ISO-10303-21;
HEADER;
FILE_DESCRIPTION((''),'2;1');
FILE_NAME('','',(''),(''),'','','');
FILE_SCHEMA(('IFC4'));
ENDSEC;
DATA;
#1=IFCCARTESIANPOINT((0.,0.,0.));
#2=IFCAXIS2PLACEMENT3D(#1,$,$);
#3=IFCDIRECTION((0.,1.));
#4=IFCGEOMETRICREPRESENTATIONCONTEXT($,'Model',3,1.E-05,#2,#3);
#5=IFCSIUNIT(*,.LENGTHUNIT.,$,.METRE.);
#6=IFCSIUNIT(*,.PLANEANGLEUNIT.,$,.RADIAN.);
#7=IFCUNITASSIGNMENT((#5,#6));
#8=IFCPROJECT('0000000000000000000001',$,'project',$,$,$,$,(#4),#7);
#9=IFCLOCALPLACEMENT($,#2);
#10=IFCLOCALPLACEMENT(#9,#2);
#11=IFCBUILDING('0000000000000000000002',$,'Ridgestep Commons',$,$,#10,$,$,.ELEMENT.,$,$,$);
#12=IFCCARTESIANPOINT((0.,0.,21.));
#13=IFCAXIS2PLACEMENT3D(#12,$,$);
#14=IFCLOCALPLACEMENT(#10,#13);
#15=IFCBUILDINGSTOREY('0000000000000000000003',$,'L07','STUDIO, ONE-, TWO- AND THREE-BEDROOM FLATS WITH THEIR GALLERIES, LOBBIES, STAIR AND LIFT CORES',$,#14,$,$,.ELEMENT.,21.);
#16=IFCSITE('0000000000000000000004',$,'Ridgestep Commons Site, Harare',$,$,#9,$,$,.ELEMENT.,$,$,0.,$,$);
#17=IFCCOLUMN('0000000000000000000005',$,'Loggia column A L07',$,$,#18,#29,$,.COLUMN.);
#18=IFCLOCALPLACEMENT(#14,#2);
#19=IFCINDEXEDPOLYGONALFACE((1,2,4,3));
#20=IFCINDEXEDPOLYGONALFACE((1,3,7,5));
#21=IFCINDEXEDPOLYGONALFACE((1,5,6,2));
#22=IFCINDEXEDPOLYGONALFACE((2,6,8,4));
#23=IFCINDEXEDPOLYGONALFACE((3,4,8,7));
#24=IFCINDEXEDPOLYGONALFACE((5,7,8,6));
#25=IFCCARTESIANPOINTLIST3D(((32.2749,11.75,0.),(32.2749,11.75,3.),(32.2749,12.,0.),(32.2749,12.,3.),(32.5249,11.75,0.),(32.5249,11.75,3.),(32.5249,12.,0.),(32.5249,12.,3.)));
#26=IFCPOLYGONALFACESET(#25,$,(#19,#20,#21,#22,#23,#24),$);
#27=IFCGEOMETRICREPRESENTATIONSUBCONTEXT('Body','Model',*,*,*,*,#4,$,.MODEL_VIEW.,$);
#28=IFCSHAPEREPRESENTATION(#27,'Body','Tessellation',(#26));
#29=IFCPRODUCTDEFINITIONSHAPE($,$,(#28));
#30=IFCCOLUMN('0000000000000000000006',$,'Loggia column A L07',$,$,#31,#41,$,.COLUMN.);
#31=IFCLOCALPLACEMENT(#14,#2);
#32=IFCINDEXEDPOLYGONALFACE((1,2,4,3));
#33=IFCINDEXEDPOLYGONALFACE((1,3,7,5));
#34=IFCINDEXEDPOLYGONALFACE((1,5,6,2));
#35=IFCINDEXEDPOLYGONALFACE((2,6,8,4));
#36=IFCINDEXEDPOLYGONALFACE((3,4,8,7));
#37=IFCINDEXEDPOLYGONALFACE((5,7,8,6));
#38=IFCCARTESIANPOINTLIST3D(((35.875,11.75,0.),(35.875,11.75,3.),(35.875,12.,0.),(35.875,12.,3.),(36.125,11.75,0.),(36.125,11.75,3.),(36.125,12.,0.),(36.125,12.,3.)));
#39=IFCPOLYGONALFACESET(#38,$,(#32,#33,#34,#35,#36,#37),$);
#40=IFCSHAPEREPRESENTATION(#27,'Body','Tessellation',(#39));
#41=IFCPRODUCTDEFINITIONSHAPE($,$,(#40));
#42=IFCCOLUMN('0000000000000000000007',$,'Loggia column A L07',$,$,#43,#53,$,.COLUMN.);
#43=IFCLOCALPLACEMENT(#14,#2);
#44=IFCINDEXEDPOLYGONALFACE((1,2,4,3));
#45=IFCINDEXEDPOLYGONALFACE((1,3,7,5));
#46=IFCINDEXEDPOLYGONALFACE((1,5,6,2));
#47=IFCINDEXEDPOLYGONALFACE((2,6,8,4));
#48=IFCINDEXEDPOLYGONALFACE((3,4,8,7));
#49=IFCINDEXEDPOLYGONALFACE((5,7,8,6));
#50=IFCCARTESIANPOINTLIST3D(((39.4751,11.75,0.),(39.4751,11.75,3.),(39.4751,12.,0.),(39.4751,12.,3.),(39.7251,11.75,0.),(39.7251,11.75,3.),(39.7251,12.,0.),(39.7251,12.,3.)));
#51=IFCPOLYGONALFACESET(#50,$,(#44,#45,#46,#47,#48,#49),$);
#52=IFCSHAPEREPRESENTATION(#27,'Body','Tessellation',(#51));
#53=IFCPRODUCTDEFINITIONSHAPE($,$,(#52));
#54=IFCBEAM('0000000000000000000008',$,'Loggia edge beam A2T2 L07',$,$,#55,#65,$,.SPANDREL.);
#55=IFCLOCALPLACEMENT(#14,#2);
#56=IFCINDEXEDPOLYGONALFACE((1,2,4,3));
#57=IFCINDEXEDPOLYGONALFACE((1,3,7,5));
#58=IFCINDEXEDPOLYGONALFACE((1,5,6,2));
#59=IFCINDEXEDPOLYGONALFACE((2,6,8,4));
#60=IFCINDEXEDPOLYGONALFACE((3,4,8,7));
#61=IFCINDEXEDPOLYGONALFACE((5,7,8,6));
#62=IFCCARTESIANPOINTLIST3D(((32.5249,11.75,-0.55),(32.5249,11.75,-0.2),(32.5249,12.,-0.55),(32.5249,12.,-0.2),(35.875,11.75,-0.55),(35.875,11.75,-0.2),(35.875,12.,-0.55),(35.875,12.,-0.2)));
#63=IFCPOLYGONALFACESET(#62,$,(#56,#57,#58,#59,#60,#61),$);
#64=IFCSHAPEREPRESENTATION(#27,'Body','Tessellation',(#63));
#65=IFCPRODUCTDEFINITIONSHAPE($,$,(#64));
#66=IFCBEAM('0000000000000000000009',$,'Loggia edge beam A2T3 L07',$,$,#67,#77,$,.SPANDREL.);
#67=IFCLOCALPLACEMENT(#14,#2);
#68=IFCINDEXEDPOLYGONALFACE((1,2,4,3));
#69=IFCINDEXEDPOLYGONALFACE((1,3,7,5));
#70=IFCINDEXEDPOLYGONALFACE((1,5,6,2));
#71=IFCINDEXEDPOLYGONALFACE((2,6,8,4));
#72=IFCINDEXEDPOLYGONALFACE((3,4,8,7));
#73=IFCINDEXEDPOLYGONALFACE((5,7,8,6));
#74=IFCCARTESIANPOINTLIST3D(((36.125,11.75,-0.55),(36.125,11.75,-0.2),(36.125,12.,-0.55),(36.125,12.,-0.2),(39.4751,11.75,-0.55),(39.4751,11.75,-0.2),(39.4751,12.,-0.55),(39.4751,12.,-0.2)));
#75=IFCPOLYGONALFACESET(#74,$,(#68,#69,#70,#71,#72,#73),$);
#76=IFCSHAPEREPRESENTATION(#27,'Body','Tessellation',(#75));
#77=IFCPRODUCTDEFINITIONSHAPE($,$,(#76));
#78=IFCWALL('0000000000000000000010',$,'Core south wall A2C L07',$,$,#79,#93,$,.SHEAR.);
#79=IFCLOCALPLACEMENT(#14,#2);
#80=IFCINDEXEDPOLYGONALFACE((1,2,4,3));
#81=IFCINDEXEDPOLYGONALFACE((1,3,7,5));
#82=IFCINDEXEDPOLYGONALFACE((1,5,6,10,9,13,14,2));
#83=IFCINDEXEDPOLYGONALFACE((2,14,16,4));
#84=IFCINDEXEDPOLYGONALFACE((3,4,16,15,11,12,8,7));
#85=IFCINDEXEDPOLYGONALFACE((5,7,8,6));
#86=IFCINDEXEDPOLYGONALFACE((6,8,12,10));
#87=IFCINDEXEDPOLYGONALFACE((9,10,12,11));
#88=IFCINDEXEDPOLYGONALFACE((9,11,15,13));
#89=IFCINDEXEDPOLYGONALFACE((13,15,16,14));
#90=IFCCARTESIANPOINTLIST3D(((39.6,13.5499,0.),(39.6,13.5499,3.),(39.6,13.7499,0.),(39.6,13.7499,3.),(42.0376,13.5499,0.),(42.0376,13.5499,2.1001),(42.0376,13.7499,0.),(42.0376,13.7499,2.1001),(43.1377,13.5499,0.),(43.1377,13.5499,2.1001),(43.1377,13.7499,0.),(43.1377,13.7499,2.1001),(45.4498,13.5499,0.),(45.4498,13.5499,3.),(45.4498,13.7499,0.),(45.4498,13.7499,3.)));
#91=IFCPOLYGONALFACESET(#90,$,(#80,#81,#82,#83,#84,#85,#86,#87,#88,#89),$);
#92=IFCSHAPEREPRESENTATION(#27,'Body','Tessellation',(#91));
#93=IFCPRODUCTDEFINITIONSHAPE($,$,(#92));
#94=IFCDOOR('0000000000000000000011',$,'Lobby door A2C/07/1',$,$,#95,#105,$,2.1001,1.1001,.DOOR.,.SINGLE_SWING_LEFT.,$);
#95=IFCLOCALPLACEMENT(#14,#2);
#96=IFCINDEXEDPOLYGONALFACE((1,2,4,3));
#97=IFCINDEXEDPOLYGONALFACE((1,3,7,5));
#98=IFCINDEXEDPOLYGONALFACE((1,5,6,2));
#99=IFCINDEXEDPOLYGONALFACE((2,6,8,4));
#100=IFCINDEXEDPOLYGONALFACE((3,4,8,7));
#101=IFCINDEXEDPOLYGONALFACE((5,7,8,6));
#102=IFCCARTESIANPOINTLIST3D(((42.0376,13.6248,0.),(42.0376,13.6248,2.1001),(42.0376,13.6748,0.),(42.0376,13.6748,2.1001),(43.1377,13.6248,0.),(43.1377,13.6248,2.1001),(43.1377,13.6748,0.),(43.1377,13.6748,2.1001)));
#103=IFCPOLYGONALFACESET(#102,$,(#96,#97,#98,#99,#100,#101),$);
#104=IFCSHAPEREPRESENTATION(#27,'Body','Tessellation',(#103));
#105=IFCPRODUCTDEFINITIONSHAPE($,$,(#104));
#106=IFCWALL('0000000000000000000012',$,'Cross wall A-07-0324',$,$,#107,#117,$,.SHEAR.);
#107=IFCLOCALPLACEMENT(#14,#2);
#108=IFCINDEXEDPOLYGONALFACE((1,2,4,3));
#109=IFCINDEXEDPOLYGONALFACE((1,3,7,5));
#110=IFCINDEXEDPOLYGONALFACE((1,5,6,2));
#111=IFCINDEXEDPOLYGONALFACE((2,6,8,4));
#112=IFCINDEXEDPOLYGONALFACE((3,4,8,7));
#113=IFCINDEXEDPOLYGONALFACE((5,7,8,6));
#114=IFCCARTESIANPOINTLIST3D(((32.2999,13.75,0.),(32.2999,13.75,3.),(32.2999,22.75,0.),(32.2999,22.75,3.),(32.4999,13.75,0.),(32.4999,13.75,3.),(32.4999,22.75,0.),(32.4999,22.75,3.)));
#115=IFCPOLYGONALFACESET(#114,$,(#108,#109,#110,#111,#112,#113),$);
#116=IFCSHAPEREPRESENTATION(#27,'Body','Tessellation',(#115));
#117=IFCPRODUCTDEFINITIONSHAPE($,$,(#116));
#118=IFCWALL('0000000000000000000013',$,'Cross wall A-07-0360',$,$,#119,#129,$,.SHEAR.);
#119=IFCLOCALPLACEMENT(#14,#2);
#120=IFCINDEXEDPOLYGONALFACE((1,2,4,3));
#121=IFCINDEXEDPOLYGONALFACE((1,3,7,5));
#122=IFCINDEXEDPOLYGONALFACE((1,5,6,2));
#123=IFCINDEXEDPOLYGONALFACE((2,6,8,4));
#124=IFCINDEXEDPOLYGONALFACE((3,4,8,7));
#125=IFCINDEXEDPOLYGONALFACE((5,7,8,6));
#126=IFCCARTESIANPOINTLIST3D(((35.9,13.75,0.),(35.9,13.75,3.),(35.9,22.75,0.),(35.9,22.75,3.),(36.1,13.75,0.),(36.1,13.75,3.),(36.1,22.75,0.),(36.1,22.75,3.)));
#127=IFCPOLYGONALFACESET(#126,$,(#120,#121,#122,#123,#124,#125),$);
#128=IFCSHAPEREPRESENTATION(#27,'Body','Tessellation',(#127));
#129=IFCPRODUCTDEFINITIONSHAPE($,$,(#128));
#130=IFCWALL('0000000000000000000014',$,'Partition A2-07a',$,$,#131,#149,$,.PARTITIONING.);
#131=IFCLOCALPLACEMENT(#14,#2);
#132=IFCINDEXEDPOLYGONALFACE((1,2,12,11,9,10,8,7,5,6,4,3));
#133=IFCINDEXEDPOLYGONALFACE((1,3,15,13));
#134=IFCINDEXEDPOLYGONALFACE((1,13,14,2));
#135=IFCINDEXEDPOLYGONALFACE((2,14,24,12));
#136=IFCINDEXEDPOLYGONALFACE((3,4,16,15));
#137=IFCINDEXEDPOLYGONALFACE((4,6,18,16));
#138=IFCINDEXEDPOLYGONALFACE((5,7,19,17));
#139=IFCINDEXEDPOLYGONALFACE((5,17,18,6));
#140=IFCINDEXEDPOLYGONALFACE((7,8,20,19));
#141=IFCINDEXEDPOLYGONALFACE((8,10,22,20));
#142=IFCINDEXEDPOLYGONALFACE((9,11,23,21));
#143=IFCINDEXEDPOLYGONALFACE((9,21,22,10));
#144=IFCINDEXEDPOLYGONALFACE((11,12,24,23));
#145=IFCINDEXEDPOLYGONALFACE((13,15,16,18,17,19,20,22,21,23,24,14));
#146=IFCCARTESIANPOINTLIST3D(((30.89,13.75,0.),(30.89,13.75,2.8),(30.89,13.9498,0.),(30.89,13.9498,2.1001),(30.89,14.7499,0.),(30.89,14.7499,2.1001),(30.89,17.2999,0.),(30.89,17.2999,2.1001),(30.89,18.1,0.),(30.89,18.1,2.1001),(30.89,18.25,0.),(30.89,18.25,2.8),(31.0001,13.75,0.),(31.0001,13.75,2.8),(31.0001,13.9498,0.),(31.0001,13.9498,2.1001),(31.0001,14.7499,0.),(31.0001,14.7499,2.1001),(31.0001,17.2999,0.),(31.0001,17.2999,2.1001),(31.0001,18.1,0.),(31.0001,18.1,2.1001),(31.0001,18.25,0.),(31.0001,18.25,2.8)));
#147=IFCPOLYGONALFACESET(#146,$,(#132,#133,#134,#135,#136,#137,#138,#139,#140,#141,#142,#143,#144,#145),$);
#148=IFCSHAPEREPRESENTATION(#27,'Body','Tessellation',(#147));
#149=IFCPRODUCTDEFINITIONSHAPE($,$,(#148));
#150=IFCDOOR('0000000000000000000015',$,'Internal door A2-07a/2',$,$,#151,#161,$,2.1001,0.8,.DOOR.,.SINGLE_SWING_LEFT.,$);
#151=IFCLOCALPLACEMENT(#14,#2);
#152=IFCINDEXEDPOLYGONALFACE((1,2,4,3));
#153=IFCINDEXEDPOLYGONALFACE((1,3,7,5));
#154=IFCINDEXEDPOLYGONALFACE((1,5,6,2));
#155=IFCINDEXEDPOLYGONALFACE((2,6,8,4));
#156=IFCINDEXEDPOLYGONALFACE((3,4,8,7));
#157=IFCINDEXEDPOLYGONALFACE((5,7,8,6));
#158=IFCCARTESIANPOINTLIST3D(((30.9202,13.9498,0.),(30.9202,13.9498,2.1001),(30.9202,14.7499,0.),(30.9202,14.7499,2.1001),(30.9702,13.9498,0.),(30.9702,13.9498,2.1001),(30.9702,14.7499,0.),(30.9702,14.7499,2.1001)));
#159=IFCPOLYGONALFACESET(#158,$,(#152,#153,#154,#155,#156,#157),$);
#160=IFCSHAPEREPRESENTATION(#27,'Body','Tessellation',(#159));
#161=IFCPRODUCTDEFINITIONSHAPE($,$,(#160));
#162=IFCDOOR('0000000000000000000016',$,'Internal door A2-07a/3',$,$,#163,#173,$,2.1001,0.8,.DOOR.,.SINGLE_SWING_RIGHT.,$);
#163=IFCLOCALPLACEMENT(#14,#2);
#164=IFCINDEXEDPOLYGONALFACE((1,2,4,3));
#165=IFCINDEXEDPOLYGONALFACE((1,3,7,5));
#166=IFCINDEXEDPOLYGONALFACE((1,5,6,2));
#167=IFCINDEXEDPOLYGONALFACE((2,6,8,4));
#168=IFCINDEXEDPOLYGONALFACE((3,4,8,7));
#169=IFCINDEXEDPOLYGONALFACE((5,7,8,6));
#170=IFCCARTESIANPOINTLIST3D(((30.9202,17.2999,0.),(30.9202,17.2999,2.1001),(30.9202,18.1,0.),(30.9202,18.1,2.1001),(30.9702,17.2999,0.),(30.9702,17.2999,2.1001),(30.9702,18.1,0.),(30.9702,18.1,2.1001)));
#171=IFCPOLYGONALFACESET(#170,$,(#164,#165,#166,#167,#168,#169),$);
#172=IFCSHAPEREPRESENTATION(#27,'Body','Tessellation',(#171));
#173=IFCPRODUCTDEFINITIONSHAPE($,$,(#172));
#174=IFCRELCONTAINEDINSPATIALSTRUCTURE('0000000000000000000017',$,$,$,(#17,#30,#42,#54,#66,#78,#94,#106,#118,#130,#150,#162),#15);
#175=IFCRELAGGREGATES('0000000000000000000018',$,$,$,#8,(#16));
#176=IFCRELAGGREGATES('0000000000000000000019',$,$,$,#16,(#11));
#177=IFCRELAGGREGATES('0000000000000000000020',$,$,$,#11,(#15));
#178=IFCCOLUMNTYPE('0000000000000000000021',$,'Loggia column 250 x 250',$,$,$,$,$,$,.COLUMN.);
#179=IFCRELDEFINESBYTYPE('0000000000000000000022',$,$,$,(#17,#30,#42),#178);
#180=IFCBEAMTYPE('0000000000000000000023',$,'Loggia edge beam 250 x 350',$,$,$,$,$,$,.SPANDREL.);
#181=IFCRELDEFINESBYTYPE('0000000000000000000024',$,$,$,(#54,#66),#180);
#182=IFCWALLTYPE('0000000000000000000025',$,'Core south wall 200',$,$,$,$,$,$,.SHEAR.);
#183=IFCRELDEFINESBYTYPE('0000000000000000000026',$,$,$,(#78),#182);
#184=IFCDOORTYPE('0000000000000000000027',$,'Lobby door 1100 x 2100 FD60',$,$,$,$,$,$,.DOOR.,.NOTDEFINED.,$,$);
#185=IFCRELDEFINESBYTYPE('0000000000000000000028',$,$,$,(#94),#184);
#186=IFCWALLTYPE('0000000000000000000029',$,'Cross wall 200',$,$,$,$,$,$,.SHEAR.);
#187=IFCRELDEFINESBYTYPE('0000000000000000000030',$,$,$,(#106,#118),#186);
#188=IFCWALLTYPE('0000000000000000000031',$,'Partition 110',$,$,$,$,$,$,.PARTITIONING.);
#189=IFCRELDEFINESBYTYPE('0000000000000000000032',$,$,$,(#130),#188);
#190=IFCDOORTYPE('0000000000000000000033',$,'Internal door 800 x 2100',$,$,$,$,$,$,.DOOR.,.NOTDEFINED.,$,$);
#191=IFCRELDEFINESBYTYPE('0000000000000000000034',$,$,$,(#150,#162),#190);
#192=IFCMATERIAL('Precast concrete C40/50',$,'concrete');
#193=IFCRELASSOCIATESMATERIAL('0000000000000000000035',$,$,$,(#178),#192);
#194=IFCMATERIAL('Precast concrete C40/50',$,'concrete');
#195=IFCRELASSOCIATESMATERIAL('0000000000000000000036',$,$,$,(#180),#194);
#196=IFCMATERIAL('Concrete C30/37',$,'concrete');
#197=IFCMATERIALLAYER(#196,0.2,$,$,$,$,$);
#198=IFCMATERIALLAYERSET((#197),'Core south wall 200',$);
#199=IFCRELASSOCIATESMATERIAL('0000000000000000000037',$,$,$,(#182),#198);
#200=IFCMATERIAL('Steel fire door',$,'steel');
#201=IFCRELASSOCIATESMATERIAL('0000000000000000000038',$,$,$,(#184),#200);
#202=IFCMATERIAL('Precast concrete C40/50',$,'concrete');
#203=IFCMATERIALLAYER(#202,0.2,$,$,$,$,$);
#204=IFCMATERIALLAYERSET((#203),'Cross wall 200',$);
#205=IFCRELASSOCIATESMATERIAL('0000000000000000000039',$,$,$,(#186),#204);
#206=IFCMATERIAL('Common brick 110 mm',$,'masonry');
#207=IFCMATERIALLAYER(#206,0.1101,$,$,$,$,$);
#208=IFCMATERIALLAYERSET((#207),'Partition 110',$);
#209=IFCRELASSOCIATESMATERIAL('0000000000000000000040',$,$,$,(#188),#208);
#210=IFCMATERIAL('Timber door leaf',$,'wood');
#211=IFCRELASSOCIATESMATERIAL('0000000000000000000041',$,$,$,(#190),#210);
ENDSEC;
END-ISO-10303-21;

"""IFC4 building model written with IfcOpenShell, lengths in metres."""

from ifc_helpers import new_model, si_unit, direction, frame, frame_2d, origin, origin_2d, place, context, subcontext, project, spatial, rectangle, extrude, material, layer, layer_set, material_profile, profile_set, type_object, element, fill, save


model = new_model("IFC4")

# Units and contexts
model_context = context("Model", 3, precision=1e-05, world=origin(), true_north=direction((0.0, 1.0)))
body_context = subcontext(model_context, "Body", "Model", "MODEL_VIEW")
ifc_project = project(units=[si_unit("LENGTHUNIT", "METRE"), si_unit("PLANEANGLEUNIT", "RADIAN")], contexts=[model_context])

# Site, building, storey
site_placement = place(None, origin())
site = spatial("IfcSite", under=ifc_project, at=site_placement, Name="Ridgestep Commons Site, Harare", CompositionType="ELEMENT", RefElevation=0.0)
building_placement = place(site_placement, origin())
building = spatial("IfcBuilding", under=site, at=building_placement, Name="Ridgestep Commons", CompositionType="ELEMENT")
storey_placement = place(building_placement, frame((0.0, 0.0, 21.0)))
storey = spatial("IfcBuildingStorey", under=building, at=storey_placement, Name="L07", Description="STUDIO, ONE-, TWO- AND THREE-BEDROOM FLATS WITH THEIR GALLERIES, LOBBIES, STAIR AND LIFT CORES", CompositionType="ELEMENT", Elevation=21.0)

# Columns
ifc_material_1 = material(Name="Precast concrete C40/50", Category="concrete")
ifc_material_profile_1 = material_profile(ifc_material_1, rectangle(XDim=0.25, YDim=0.25, at=origin_2d()), Name="PC 250x250")
ifc_profile_set_1 = profile_set([ifc_material_profile_1], Name="Precast concrete C40/50")
column_type = type_object("IfcColumnType", Name="Loggia column 250 x 250", PredefinedType="COLUMN", material=ifc_profile_set_1)
for number, where, z_axis, x_axis, name in (
    (1, (32.3999, 11.875, 0.0), (0.0, 0.0, 1.0), (1.0, 0.0, 0.0), "Loggia column A L07"),
    (2, (36.0, 11.875, 0.0), (0.0, 0.0, 1.0), (1.0, 0.0, 0.0), "Loggia column A L07"),
    (3, (39.6001, 11.875, 0.0), (0.0, 0.0, 1.0), (1.0, 0.0, 0.0), "Loggia column A L07"),
):
    element("IfcColumn", number, at=place(storey_placement, frame(where, z_axis=z_axis, x_axis=x_axis)), inside=storey, type_object=column_type, Name=name, PredefinedType="COLUMN", context=body_context, shape_type="SweptSolid", body=[
        extrude(rectangle(XDim=0.25, YDim=0.25, at=origin_2d()), origin(), (0.0, 0.0, 1.0), 3.0),
    ])

# Beams
ifc_material_2 = material(Name="Precast concrete C40/50", Category="concrete")
ifc_material_profile_2 = material_profile(ifc_material_2, rectangle(XDim=0.25, YDim=0.3501, at=origin_2d()), Name="PC 250x350")
ifc_profile_set_2 = profile_set([ifc_material_profile_2], Name="Precast concrete C40/50")
beam_type = type_object("IfcBeamType", Name="Loggia edge beam 250 x 350", PredefinedType="SPANDREL", material=ifc_profile_set_2)
for number, where, z_axis, x_axis, name in (
    (4, (32.5249, 11.875, -0.375), (1.0, 0.0, 0.0), (0.0, 1.0, 0.0), "Loggia edge beam A2T2 L07"),
    (5, (36.125, 11.875, -0.375), (1.0, 0.0, 0.0), (0.0, 1.0, 0.0), "Loggia edge beam A2T3 L07"),
):
    element("IfcBeam", number, at=place(storey_placement, frame(where, z_axis=z_axis, x_axis=x_axis)), inside=storey, type_object=beam_type, Name=name, PredefinedType="SPANDREL", context=body_context, shape_type="SweptSolid", body=[
        extrude(rectangle(XDim=0.25, YDim=0.3501, at=origin_2d()), origin(), (0.0, 0.0, 1.0), 3.3501),
    ])

# Wall, opening, door
ifc_material_3 = material(Name="Concrete C30/37", Category="concrete")
ifc_layer_1 = layer(ifc_material_3, 0.2)
ifc_layer_set_1 = layer_set([ifc_layer_1], Name="Core south wall 200")
wall_type_1 = type_object("IfcWallType", Name="Core south wall 200", PredefinedType="SHEAR", material=ifc_layer_set_1)
wall_1_placement = place(storey_placement, frame((39.6001, 13.6499, 0.0), z_axis=(0.0, 0.0, 1.0), x_axis=(1.0, 0.0, 0.0)))
wall_1 = element("IfcWall", 6, at=wall_1_placement, inside=storey, type_object=wall_type_1, Name="Core south wall A2C L07", PredefinedType="SHEAR", context=body_context, shape_type="SweptSolid", body=[
    extrude(rectangle(XDim=5.8499, YDim=0.2, at=frame_2d((2.9248, 0.0))), origin(), (0.0, 0.0, 1.0), 3.0),
])
opening_1_placement = place(wall_1_placement, frame((2.4375, 0.0, 0.0)))
opening_1 = element("IfcOpeningElement", 7, at=opening_1_placement, cuts=wall_1, PredefinedType="OPENING", context=body_context, shape_type="SweptSolid", body=[
    extrude(rectangle(XDim=1.1001, YDim=2.1001, at=frame_2d((0.55, 1.05))), frame((0.0, 0.1099, 0.0), z_axis=(0.0, -1.0, 0.0), x_axis=(1.0, 0.0, 0.0)), (0.0, 0.0, 1.0), 0.22),
])
ifc_material_4 = material(Name="Steel fire door", Category="steel")
door_type_1 = type_object("IfcDoorType", Name="Lobby door 1100 x 2100 FD60", OperationType="NOTDEFINED", PredefinedType="DOOR", material=ifc_material_4)
door_1_placement = place(opening_1_placement, origin())
door_1 = element("IfcDoor", 8, at=door_1_placement, inside=storey, type_object=door_type_1, Name="Lobby door A2C/07/1", OperationType="SINGLE_SWING_LEFT", OverallHeight=2.1001, OverallWidth=1.1001, PredefinedType="DOOR", context=body_context, shape_type="SweptSolid", body=[
    extrude(rectangle(XDim=1.1001, YDim=2.1001, at=frame_2d((0.55, 1.05))), frame((0.0, 0.0249, 0.0), z_axis=(0.0, -1.0, 0.0), x_axis=(1.0, 0.0, 0.0)), (0.0, 0.0, 1.0), 0.05),
])
fill(opening_1, door_1)

# Walls
ifc_material_5 = material(Name="Precast concrete C40/50", Category="concrete")
ifc_layer_2 = layer(ifc_material_5, 0.2)
ifc_layer_set_2 = layer_set([ifc_layer_2], Name="Cross wall 200")
wall_type_2 = type_object("IfcWallType", Name="Cross wall 200", PredefinedType="SHEAR", material=ifc_layer_set_2)
for number, where, z_axis, x_axis, name in (
    (9, (32.3999, 13.75, 0.0), (0.0, 0.0, 1.0), (0.0, 1.0, 0.0), "Cross wall A-07-0324"),
    (10, (36.0, 13.75, 0.0), (0.0, 0.0, 1.0), (0.0, 1.0, 0.0), "Cross wall A-07-0360"),
):
    element("IfcWall", number, at=place(storey_placement, frame(where, z_axis=z_axis, x_axis=x_axis)), inside=storey, type_object=wall_type_2, Name=name, PredefinedType="SHEAR", context=body_context, shape_type="SweptSolid", body=[
        extrude(rectangle(XDim=9.0, YDim=0.2, at=frame_2d((4.5, 0.0))), origin(), (0.0, 0.0, 1.0), 3.0),
    ])

# Wall, openings, doors
ifc_material_6 = material(Name="Common brick 110 mm", Category="masonry")
ifc_layer_3 = layer(ifc_material_6, 0.1101)
ifc_layer_set_3 = layer_set([ifc_layer_3], Name="Partition 110")
wall_type_3 = type_object("IfcWallType", Name="Partition 110", PredefinedType="PARTITIONING", material=ifc_layer_set_3)
wall_2_placement = place(storey_placement, frame((30.9451, 13.75, 0.0), z_axis=(0.0, 0.0, 1.0), x_axis=(0.0, 1.0, 0.0)))
wall_2 = element("IfcWall", 11, at=wall_2_placement, inside=storey, type_object=wall_type_3, Name="Partition A2-07a", PredefinedType="PARTITIONING", context=body_context, shape_type="SweptSolid", body=[
    extrude(rectangle(XDim=4.5, YDim=0.1101, at=frame_2d((2.25, 0.0))), origin(), (0.0, 0.0, 1.0), 2.8),
])
opening_2_placement = place(wall_2_placement, frame((0.2, 0.0, 0.0)))
opening_2 = element("IfcOpeningElement", 12, at=opening_2_placement, cuts=wall_2, PredefinedType="OPENING", context=body_context, shape_type="SweptSolid", body=[
    extrude(rectangle(XDim=0.8, YDim=2.1001, at=frame_2d((0.3999, 1.05))), frame((0.0, 0.0649, 0.0), z_axis=(0.0, -1.0, 0.0), x_axis=(1.0, 0.0, 0.0)), (0.0, 0.0, 1.0), 0.1301),
])
opening_3_placement = place(wall_2_placement, frame((3.55, 0.0, 0.0)))
opening_3 = element("IfcOpeningElement", 13, at=opening_3_placement, cuts=wall_2, PredefinedType="OPENING", context=body_context, shape_type="SweptSolid", body=[
    extrude(rectangle(XDim=0.8, YDim=2.1001, at=frame_2d((0.3999, 1.05))), frame((0.0, 0.0649, 0.0), z_axis=(0.0, -1.0, 0.0), x_axis=(1.0, 0.0, 0.0)), (0.0, 0.0, 1.0), 0.1301),
])
ifc_material_7 = material(Name="Timber door leaf", Category="wood")
door_type_2 = type_object("IfcDoorType", Name="Internal door 800 x 2100", OperationType="NOTDEFINED", PredefinedType="DOOR", material=ifc_material_7)
door_2_placement = place(opening_2_placement, origin())
door_2 = element("IfcDoor", 14, at=door_2_placement, inside=storey, type_object=door_type_2, Name="Internal door A2-07a/2", OperationType="SINGLE_SWING_LEFT", OverallHeight=2.1001, OverallWidth=0.8, PredefinedType="DOOR", context=body_context, shape_type="SweptSolid", body=[
    extrude(rectangle(XDim=0.8, YDim=2.1001, at=frame_2d((0.3999, 1.05))), frame((0.0, 0.0249, 0.0), z_axis=(0.0, -1.0, 0.0), x_axis=(1.0, 0.0, 0.0)), (0.0, 0.0, 1.0), 0.05),
])
fill(opening_2, door_2)
door_3_placement = place(opening_3_placement, origin())
door_3 = element("IfcDoor", 15, at=door_3_placement, inside=storey, type_object=door_type_2, Name="Internal door A2-07a/3", OperationType="SINGLE_SWING_RIGHT", OverallHeight=2.1001, OverallWidth=0.8, PredefinedType="DOOR", context=body_context, shape_type="SweptSolid", body=[
    extrude(rectangle(XDim=0.8, YDim=2.1001, at=frame_2d((0.3999, 1.05))), frame((0.0, 0.0249, 0.0), z_axis=(0.0, -1.0, 0.0), x_axis=(1.0, 0.0, 0.0)), (0.0, 0.0, 1.0), 0.05),
])
fill(opening_3, door_3)

save(model, "model.ifc")
